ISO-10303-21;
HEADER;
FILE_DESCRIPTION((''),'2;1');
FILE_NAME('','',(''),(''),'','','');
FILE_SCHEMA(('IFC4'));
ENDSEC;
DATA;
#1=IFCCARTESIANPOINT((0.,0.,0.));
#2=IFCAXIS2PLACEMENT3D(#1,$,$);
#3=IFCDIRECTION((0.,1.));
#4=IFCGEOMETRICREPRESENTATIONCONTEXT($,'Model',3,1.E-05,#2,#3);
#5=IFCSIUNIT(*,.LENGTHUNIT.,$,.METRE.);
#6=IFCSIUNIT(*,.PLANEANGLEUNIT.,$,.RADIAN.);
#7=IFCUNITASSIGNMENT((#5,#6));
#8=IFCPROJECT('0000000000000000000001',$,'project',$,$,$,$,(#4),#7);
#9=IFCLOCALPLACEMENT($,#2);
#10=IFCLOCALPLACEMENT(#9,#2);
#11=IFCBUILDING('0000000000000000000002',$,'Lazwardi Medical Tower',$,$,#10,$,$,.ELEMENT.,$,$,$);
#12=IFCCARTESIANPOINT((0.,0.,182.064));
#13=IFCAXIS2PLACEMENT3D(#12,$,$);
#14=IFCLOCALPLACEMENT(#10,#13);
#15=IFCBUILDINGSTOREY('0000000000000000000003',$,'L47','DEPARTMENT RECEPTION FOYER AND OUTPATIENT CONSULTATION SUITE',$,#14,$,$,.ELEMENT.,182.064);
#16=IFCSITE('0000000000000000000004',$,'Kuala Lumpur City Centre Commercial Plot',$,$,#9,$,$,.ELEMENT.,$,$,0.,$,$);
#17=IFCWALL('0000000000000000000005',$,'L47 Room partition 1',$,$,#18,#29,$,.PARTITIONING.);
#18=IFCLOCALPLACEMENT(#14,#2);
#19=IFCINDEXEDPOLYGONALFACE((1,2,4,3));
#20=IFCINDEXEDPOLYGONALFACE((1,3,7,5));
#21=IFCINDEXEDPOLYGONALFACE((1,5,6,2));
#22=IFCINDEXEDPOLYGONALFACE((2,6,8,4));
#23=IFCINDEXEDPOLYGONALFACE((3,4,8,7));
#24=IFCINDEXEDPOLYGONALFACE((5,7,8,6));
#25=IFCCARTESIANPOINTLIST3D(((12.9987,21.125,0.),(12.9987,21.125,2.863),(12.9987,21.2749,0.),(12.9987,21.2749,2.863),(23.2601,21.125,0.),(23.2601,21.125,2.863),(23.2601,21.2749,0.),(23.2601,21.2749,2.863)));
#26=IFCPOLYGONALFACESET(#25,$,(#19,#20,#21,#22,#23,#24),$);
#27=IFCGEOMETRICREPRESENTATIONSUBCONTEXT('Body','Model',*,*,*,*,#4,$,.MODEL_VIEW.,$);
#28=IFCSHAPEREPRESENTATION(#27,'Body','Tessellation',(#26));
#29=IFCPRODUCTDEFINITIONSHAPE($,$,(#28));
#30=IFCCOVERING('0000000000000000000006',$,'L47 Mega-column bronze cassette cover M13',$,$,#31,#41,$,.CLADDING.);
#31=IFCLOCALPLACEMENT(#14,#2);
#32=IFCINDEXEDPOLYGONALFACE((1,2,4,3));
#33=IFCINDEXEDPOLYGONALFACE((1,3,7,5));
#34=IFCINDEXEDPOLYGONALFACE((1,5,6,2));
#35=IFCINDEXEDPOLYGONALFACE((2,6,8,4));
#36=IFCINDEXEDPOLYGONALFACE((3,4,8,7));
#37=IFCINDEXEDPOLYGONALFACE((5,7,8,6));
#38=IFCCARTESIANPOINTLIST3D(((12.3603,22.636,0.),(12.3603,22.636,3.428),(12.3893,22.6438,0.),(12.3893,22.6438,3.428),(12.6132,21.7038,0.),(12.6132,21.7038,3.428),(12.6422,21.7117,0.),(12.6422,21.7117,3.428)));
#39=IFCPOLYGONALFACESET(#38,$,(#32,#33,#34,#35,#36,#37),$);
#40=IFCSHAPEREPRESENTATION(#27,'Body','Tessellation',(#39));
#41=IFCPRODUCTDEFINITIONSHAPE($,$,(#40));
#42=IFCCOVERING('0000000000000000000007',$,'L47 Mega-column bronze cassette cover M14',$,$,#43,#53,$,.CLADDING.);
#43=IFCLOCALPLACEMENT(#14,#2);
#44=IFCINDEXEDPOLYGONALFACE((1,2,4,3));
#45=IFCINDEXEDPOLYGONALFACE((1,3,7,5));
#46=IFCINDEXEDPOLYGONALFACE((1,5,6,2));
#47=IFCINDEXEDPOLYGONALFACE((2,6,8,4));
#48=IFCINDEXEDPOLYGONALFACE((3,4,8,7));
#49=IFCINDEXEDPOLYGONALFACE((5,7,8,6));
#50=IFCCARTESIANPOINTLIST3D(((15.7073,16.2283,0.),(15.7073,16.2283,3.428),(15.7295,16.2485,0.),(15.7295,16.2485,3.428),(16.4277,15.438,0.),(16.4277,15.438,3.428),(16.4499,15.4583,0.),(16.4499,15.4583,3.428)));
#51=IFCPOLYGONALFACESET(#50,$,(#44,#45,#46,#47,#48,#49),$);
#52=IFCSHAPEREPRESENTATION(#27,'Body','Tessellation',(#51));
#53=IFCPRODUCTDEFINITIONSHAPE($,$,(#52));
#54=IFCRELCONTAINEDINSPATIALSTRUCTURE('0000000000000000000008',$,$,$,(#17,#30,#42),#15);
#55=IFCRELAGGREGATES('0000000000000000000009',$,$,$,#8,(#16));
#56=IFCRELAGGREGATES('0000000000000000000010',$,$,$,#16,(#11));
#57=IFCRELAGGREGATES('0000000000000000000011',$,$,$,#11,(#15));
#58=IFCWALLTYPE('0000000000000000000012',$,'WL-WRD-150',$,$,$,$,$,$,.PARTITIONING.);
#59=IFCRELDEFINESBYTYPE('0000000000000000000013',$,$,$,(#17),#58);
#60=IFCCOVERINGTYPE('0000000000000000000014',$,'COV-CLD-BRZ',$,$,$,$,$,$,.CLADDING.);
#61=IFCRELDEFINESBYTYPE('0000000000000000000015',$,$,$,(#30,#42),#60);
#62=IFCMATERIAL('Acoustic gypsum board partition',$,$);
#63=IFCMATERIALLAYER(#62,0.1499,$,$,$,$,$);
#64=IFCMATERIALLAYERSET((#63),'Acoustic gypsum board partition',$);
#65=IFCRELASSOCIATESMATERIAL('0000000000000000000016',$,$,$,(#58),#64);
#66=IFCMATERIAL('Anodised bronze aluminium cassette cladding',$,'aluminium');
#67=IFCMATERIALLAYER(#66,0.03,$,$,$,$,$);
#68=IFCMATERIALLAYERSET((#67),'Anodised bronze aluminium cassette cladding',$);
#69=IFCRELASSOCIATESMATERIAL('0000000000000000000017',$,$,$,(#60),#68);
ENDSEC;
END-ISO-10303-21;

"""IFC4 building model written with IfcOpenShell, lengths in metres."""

from ifc_helpers import new_model, si_unit, direction, frame, frame_2d, origin, origin_2d, place, context, subcontext, project, spatial, rectangle, extrude, material, layer, layer_set, type_object, element, save


model = new_model("IFC4")

# Units and contexts
model_context = context("Model", 3, precision=1e-05, world=origin(), true_north=direction((0.0, 1.0)))
body_context = subcontext(model_context, "Body", "Model", "MODEL_VIEW")
ifc_project = project(units=[si_unit("LENGTHUNIT", "METRE"), si_unit("PLANEANGLEUNIT", "RADIAN")], contexts=[model_context])

# Site, building, storey
site_placement = place(None, origin())
site = spatial("IfcSite", under=ifc_project, at=site_placement, Name="Kuala Lumpur City Centre Commercial Plot", CompositionType="ELEMENT", RefElevation=0.0)
building_placement = place(site_placement, origin())
building = spatial("IfcBuilding", under=site, at=building_placement, Name="Lazwardi Medical Tower", CompositionType="ELEMENT")
storey_placement = place(building_placement, frame((0.0, 0.0, 182.064)))
storey = spatial("IfcBuildingStorey", under=building, at=storey_placement, Name="L47", Description="DEPARTMENT RECEPTION FOYER AND OUTPATIENT CONSULTATION SUITE", CompositionType="ELEMENT", Elevation=182.064)

# Wall
ifc_material_1 = material(Name="Acoustic gypsum board partition")
ifc_layer_1 = layer(ifc_material_1, 0.1499)
ifc_layer_set_1 = layer_set([ifc_layer_1], Name="Acoustic gypsum board partition")
wall_type = type_object("IfcWallType", Name="WL-WRD-150", PredefinedType="PARTITIONING", material=ifc_layer_set_1)
wall_placement = place(storey_placement, frame((12.9985, 21.2, 0.0), z_axis=(0.0, 0.0, 1.0), x_axis=(1.0, 0.0, 0.0)))
element("IfcWall", 1, at=wall_placement, inside=storey, type_object=wall_type, Name="L47 Room partition 1", PredefinedType="PARTITIONING", context=body_context, shape_type="SweptSolid", body=[
    extrude(rectangle(XDim=10.2615, YDim=0.1499, at=frame_2d((5.1309, 0.0))), origin(), (0.0, 0.0, 1.0), 2.863),
])

# Coverings
ifc_material_2 = material(Name="Anodised bronze aluminium cassette cladding", Category="aluminium")
ifc_layer_2 = layer(ifc_material_2, 0.03)
ifc_layer_set_2 = layer_set([ifc_layer_2], Name="Anodised bronze aluminium cassette cladding")
covering_type = type_object("IfcCoveringType", Name="COV-CLD-BRZ", PredefinedType="CLADDING", material=ifc_layer_set_2)
covering_1_placement = place(storey_placement, frame((12.5012, 22.1738, 0.0), z_axis=(0.0, 0.0, 1.0), x_axis=(0.261829, -0.965114, 0.0)))
element("IfcCovering", 2, at=covering_1_placement, inside=storey, type_object=covering_type, Name="L47 Mega-column bronze cassette cover M13", PredefinedType="CLADDING", context=body_context, shape_type="SweptSolid", body=[
    extrude(rectangle(XDim=0.9658, YDim=0.03, at=origin_2d()), origin(), (0.0, 0.0, 1.0), 3.428),
])
covering_2_placement = place(storey_placement, frame((16.0786, 15.8433, 0.0), z_axis=(0.0, 0.0, 1.0), x_axis=(0.673714, -0.738992, 0.0)))
element("IfcCovering", 3, at=covering_2_placement, inside=storey, type_object=covering_type, Name="L47 Mega-column bronze cassette cover M14", PredefinedType="CLADDING", context=body_context, shape_type="SweptSolid", body=[
    extrude(rectangle(XDim=1.0693, YDim=0.03, at=origin_2d()), origin(), (0.0, 0.0, 1.0), 3.428),
])

save(model, "model.ifc")
